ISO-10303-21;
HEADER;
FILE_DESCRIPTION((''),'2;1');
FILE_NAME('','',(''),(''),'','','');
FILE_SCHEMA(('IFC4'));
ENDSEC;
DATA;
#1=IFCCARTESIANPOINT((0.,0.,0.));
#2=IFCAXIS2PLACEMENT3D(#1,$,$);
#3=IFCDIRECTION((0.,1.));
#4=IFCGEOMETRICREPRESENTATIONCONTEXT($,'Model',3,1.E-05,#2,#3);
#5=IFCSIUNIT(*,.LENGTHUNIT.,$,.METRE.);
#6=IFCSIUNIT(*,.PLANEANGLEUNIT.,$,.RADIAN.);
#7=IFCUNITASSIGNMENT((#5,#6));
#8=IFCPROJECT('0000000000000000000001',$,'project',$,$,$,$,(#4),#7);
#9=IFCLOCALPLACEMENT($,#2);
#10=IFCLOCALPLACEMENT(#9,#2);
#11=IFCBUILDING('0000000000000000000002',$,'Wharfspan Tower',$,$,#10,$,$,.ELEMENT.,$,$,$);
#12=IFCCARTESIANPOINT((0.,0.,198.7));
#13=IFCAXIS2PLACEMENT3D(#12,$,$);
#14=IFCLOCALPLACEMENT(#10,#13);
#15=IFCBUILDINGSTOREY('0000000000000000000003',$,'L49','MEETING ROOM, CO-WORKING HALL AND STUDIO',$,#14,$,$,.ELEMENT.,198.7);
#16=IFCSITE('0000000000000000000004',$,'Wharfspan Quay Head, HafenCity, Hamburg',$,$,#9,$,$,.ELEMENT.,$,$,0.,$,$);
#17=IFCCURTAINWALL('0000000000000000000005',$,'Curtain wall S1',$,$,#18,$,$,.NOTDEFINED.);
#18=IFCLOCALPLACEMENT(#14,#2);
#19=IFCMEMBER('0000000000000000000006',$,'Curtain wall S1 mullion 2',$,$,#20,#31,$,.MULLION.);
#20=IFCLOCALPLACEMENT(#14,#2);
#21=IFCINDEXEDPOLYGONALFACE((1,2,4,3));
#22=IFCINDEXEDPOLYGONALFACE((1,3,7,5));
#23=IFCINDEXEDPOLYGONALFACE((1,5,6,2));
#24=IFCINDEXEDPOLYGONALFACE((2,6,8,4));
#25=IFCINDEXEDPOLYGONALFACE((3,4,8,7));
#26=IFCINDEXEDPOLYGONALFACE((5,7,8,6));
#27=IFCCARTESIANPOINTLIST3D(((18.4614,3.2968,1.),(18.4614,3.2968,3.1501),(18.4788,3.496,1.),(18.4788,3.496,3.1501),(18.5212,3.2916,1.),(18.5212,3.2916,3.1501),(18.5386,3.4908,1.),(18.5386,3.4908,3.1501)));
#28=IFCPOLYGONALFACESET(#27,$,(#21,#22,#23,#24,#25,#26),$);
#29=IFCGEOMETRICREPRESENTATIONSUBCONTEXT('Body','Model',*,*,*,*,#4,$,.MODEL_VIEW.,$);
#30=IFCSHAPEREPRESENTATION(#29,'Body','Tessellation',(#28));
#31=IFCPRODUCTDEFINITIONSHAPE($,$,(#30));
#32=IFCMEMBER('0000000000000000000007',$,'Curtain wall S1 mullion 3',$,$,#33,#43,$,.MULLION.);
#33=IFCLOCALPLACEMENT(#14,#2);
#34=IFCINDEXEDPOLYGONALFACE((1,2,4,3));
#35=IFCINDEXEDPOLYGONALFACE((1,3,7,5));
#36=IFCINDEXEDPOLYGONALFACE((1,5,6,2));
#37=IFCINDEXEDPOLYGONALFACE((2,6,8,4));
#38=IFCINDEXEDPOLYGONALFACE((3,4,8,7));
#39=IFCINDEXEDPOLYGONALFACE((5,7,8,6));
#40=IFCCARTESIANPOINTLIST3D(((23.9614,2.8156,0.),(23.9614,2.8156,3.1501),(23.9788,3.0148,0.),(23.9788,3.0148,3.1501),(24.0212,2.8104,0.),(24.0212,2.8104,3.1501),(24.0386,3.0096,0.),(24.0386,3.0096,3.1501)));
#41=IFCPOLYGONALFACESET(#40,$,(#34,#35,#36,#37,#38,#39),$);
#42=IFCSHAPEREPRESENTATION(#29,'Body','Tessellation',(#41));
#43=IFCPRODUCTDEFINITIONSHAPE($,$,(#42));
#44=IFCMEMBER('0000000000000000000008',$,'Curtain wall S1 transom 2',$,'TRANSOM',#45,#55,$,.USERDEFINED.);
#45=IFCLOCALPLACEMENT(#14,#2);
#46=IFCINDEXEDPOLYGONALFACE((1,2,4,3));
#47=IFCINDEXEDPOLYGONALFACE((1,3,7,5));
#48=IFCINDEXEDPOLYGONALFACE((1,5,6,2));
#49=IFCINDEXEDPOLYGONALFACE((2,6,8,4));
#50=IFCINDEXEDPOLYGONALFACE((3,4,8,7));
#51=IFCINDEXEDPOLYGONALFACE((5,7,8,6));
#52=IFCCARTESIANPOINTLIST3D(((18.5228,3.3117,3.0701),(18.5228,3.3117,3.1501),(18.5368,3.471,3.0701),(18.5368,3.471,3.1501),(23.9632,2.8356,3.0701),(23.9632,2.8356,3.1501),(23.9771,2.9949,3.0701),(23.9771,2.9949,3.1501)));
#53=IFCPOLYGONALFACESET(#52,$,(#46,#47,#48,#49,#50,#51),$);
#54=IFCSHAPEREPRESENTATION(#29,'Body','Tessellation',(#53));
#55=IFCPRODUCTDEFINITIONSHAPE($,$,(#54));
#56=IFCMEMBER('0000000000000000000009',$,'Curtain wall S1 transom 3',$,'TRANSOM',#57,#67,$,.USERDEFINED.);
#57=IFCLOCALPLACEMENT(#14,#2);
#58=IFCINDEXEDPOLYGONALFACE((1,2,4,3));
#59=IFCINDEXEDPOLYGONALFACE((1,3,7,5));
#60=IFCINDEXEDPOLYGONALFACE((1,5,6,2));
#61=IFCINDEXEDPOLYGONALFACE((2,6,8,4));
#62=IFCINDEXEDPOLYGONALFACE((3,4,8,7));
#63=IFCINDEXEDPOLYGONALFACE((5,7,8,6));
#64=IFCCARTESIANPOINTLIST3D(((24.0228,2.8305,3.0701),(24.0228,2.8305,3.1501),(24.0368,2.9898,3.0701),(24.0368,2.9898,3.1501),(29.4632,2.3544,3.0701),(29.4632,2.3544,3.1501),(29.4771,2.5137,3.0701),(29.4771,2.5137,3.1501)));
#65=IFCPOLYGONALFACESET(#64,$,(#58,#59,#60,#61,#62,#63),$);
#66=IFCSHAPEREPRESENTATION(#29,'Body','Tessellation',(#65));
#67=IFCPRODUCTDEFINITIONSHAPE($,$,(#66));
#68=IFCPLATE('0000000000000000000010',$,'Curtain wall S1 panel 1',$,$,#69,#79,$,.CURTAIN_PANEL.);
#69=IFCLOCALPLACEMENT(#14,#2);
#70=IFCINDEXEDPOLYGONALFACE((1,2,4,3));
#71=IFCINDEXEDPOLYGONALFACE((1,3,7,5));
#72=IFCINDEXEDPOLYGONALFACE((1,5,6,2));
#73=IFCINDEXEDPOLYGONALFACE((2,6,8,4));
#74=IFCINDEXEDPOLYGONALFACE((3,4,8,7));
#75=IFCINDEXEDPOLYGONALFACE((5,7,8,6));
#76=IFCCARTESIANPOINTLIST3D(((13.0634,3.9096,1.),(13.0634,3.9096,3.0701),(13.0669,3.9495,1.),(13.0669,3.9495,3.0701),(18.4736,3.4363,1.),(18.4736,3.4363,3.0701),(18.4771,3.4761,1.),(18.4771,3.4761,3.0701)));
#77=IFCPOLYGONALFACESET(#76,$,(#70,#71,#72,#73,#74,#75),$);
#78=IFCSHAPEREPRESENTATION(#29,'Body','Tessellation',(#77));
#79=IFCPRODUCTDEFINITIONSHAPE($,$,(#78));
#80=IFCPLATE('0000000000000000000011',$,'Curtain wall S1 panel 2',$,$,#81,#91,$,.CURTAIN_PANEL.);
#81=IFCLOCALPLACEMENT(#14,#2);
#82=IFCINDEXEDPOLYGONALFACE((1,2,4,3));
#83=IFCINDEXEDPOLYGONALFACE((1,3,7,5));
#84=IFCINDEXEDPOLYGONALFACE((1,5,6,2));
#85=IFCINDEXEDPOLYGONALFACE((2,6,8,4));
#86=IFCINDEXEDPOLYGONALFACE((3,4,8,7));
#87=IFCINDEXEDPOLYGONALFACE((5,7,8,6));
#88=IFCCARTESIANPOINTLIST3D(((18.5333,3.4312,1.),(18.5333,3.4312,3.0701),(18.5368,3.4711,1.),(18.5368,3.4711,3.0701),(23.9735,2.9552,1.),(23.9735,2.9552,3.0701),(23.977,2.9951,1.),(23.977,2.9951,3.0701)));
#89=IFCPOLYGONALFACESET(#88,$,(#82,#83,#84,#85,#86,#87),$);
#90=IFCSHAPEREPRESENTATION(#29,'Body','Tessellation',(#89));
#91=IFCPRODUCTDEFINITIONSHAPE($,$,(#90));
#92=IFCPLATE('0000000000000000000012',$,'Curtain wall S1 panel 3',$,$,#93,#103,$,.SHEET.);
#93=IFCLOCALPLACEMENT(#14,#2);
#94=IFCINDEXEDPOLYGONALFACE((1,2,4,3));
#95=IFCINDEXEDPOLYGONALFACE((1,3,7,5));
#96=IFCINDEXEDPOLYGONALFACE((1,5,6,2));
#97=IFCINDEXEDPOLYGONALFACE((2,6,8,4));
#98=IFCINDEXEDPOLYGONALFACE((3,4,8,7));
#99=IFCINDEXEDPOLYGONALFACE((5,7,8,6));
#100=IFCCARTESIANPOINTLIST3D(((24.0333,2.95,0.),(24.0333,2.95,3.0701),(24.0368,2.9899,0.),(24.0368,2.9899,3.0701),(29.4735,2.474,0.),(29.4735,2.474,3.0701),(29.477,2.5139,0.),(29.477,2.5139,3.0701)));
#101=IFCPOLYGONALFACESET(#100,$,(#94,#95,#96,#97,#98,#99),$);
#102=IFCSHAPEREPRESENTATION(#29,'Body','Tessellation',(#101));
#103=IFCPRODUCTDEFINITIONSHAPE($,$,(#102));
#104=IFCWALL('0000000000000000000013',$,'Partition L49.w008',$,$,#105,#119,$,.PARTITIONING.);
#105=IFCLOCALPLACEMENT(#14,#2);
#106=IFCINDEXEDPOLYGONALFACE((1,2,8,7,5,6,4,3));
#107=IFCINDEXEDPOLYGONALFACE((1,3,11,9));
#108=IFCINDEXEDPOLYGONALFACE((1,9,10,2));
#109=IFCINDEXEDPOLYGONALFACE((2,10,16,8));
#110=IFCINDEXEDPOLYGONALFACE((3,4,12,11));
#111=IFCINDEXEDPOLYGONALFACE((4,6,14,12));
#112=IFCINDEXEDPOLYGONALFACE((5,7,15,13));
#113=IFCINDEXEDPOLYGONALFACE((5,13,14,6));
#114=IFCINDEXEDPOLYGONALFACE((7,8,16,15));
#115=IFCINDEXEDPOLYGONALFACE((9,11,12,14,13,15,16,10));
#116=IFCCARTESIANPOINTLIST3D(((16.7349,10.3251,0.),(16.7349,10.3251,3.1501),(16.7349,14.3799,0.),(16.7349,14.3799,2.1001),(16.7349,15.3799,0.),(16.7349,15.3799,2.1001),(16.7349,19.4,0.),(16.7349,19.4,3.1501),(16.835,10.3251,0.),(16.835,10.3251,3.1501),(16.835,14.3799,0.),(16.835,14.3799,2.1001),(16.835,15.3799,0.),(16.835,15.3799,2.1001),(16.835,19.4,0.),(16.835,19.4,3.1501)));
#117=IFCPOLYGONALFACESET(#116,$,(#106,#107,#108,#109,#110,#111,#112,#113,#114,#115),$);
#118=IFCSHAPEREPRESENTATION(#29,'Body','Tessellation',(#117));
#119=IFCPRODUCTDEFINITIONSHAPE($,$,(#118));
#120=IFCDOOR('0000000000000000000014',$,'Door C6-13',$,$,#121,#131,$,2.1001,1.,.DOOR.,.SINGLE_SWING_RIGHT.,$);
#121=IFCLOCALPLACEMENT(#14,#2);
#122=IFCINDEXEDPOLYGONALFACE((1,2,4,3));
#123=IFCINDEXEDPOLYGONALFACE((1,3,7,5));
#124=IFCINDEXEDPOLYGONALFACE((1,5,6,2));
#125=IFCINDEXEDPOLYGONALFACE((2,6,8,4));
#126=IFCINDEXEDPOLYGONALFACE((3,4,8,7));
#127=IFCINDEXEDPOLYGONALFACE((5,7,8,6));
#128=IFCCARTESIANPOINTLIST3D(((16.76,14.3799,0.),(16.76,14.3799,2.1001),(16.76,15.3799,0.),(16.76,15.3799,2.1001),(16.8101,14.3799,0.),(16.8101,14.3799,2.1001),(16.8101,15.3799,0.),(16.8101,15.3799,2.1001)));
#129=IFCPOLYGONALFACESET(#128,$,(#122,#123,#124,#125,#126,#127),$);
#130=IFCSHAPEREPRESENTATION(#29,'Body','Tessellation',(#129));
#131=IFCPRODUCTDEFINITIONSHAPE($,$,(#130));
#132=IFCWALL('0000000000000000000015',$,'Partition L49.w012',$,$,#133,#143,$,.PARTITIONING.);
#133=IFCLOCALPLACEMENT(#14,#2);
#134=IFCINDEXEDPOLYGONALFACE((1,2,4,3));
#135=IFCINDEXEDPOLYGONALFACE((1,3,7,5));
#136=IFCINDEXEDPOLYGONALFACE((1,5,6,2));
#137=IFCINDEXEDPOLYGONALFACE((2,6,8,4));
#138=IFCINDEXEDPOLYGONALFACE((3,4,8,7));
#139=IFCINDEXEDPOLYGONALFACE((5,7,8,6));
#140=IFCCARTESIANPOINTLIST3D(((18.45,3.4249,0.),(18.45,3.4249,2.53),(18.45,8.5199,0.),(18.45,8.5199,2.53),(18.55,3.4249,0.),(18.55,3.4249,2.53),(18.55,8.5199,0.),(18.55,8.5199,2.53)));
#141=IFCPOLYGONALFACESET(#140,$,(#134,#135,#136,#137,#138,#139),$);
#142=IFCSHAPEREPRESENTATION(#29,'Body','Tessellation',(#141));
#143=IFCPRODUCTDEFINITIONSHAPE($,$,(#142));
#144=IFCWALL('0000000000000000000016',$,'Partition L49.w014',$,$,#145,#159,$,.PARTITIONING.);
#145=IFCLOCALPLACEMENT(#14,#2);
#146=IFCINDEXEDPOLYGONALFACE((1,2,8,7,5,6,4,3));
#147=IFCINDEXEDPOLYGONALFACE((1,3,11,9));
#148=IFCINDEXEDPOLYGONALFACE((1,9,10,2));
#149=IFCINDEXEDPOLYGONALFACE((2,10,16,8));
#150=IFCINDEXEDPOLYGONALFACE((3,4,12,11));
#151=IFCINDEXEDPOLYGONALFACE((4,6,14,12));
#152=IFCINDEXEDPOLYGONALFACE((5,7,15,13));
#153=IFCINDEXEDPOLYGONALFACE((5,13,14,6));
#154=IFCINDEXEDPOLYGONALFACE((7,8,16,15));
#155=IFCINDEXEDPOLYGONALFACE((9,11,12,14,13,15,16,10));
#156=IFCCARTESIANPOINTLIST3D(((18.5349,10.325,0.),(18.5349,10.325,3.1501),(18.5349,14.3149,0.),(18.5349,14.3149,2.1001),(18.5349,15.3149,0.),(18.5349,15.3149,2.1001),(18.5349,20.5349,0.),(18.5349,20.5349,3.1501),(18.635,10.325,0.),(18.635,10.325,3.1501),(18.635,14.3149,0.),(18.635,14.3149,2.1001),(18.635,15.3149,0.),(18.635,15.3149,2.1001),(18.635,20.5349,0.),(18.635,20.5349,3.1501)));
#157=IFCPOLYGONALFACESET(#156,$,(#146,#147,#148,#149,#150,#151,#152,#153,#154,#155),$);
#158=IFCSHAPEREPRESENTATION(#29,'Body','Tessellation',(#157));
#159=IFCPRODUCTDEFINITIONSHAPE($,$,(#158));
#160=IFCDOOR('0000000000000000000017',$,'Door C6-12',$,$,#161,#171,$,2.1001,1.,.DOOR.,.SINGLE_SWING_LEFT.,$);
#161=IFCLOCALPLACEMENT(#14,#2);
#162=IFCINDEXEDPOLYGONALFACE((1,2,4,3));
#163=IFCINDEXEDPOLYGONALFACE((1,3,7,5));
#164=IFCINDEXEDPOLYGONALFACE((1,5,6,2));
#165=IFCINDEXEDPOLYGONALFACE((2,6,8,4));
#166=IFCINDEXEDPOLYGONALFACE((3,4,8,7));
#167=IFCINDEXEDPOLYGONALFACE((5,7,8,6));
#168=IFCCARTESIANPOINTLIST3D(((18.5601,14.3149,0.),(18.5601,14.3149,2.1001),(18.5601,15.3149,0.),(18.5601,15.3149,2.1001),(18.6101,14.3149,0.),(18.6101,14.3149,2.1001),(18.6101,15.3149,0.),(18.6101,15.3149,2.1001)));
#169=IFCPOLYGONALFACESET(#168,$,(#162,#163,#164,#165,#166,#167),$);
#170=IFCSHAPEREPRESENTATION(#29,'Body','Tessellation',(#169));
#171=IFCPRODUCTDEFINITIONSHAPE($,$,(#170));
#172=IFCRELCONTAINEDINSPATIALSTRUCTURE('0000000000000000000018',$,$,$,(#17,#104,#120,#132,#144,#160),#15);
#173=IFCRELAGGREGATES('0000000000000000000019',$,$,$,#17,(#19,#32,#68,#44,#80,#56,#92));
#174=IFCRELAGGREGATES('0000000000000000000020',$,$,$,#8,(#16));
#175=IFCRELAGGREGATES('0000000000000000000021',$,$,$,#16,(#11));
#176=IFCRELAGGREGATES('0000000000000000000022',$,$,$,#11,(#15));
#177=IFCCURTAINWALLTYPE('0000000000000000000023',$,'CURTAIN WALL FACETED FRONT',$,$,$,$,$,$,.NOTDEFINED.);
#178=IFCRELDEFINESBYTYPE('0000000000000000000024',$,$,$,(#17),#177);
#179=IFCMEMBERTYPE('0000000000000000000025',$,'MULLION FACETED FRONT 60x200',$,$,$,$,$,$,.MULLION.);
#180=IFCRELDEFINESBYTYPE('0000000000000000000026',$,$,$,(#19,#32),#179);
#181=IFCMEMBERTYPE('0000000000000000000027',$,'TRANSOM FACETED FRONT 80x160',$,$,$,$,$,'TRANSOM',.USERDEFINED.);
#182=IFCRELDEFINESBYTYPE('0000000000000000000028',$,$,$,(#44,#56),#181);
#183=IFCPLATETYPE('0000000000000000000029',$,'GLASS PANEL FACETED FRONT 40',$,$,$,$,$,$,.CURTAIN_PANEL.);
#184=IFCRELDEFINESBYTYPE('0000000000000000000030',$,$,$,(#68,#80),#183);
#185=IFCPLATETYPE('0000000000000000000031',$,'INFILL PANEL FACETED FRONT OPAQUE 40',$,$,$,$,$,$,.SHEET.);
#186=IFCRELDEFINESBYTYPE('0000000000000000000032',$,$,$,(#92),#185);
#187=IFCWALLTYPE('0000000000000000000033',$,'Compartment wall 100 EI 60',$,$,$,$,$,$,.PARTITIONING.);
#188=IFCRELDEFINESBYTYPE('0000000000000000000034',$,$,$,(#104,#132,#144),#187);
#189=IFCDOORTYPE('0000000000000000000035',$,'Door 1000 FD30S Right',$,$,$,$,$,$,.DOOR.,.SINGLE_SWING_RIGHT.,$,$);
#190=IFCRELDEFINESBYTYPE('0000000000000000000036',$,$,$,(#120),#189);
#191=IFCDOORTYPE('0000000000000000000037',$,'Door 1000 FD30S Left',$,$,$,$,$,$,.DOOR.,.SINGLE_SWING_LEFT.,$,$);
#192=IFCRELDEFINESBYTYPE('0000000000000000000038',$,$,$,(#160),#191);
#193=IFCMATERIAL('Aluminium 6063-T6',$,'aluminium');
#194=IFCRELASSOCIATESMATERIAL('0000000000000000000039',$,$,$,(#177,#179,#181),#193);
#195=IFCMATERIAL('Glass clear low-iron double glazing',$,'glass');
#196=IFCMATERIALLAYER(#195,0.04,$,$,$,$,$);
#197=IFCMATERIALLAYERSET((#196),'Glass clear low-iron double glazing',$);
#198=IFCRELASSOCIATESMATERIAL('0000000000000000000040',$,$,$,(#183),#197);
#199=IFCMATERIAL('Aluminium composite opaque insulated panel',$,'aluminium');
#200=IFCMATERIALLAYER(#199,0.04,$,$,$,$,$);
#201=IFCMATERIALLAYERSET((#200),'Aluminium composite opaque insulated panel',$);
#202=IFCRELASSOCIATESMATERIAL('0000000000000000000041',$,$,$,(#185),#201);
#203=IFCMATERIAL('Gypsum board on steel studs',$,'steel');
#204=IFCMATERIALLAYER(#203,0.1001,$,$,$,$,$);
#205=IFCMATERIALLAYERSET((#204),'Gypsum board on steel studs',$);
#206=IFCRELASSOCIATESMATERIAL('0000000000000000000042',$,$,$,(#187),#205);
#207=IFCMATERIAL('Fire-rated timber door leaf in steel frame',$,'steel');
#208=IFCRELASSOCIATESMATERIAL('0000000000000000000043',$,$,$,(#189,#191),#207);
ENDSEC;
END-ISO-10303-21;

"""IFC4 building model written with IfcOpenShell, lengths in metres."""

from ifc_helpers import new_model, si_unit, direction, frame, frame_2d, origin, origin_2d, place, context, subcontext, project, spatial, rectangle, extrude, material, layer, layer_set, material_profile, profile_set, type_object, element, fill, aggregate, save


model = new_model("IFC4")

# Units and contexts
model_context = context("Model", 3, precision=1e-05, world=origin(), true_north=direction((0.0, 1.0)))
body_context = subcontext(model_context, "Body", "Model", "MODEL_VIEW")
ifc_project = project(units=[si_unit("LENGTHUNIT", "METRE"), si_unit("PLANEANGLEUNIT", "RADIAN")], contexts=[model_context])

# Site, building, storey
site_placement = place(None, origin())
site = spatial("IfcSite", under=ifc_project, at=site_placement, Name="Wharfspan Quay Head, HafenCity, Hamburg", CompositionType="ELEMENT", RefElevation=0.0)
building_placement = place(site_placement, origin())
building = spatial("IfcBuilding", under=site, at=building_placement, Name="Wharfspan Tower", CompositionType="ELEMENT")
storey_placement = place(building_placement, frame((0.0, 0.0, 198.7)))
storey = spatial("IfcBuildingStorey", under=building, at=storey_placement, Name="L49", Description="MEETING ROOM, CO-WORKING HALL AND STUDIO", CompositionType="ELEMENT", Elevation=198.7)

# Curtain wall, members, plates
ifc_material_1 = material(Name="Aluminium 6063-T6", Category="aluminium")
curtain_wall_type = type_object("IfcCurtainWallType", Name="CURTAIN WALL FACETED FRONT", PredefinedType="NOTDEFINED", material=ifc_material_1)
curtain_wall_placement = place(storey_placement, origin())
curtain_wall = element("IfcCurtainWall", 1, at=curtain_wall_placement, inside=storey, type_object=curtain_wall_type, Name="Curtain wall S1", PredefinedType="NOTDEFINED")
ifc_material_profile_1 = material_profile(ifc_material_1, rectangle(XDim=0.2, YDim=0.0601, at=origin_2d()))
ifc_profile_set_1 = profile_set([ifc_material_profile_1], Name="Aluminium 6063-T6")
member_type_1 = type_object("IfcMemberType", Name="MULLION FACETED FRONT 60x200", PredefinedType="MULLION", material=ifc_profile_set_1)
member_1_placement = place(storey_placement, frame((18.5, 3.3938, 1.0), z_axis=(0.0, 0.0, 1.0), x_axis=(0.087156, 0.996198, 0.0)))
member_1 = element("IfcMember", 2, at=member_1_placement, type_object=member_type_1, Name="Curtain wall S1 mullion 2", PredefinedType="MULLION", context=body_context, shape_type="SweptSolid", body=[
    extrude(rectangle(XDim=0.2, YDim=0.0601, at=origin_2d()), origin(), (0.0, 0.0, 1.0), 2.1501),
])
member_2_placement = place(storey_placement, frame((24.0, 2.9126, 0.0), z_axis=(0.0, 0.0, 1.0), x_axis=(0.087156, 0.996198, 0.0)))
member_2 = element("IfcMember", 3, at=member_2_placement, type_object=member_type_1, Name="Curtain wall S1 mullion 3", PredefinedType="MULLION", context=body_context, shape_type="SweptSolid", body=[
    extrude(rectangle(XDim=0.2, YDim=0.0601, at=origin_2d()), origin(), (0.0, 0.0, 1.0), 3.1501),
])
ifc_material_profile_2 = material_profile(ifc_material_1, rectangle(XDim=0.1599, YDim=0.0801, at=origin_2d()))
ifc_profile_set_2 = profile_set([ifc_material_profile_2], Name="Aluminium 6063-T6")
member_type_2 = type_object("IfcMemberType", Name="TRANSOM FACETED FRONT 80x160", ElementType="TRANSOM", PredefinedType="USERDEFINED", material=ifc_profile_set_2)
member_3_placement = place(storey_placement, frame((18.5298, 3.3914, 3.1101), z_axis=(0.996193, -0.087174, 0.0), x_axis=(0.087174, 0.996193, 0.0)))
member_3 = element("IfcMember", 4, at=member_3_placement, type_object=member_type_2, Name="Curtain wall S1 transom 2", ObjectType="TRANSOM", PredefinedType="USERDEFINED", context=body_context, shape_type="SweptSolid", body=[
    extrude(rectangle(XDim=0.1599, YDim=0.0801, at=origin_2d()), origin(), (0.0, 0.0, 1.0), 5.4612),
])
member_4_placement = place(storey_placement, frame((24.0298, 2.9102, 3.1101), z_axis=(0.996193, -0.087174, 0.0), x_axis=(0.087174, 0.996193, 0.0)))
member_4 = element("IfcMember", 5, at=member_4_placement, type_object=member_type_2, Name="Curtain wall S1 transom 3", ObjectType="TRANSOM", PredefinedType="USERDEFINED", context=body_context, shape_type="SweptSolid", body=[
    extrude(rectangle(XDim=0.1599, YDim=0.0801, at=origin_2d()), origin(), (0.0, 0.0, 1.0), 5.4612),
])
ifc_material_2 = material(Name="Glass clear low-iron double glazing", Category="glass")
ifc_layer_1 = layer(ifc_material_2, 0.04)
ifc_layer_set_1 = layer_set([ifc_layer_1], Name="Glass clear low-iron double glazing")
plate_type_1 = type_object("IfcPlateType", Name="GLASS PANEL FACETED FRONT 40", PredefinedType="CURTAIN_PANEL", material=ifc_layer_set_1)
plate_1_placement = place(storey_placement, frame((15.7703, 3.6929, 1.0), z_axis=(0.0, 0.0, 1.0), x_axis=(0.996198, -0.087156, 0.0)))
plate_1 = element("IfcPlate", 6, at=plate_1_placement, type_object=plate_type_1, Name="Curtain wall S1 panel 1", PredefinedType="CURTAIN_PANEL", context=body_context, shape_type="SweptSolid", body=[
    extrude(rectangle(XDim=5.4309, YDim=0.04, at=origin_2d()), origin(), (0.0, 0.0, 1.0), 2.0701),
])
plate_2_placement = place(storey_placement, frame((21.2551, 3.2131, 1.0), z_axis=(0.0, 0.0, 1.0), x_axis=(0.996198, -0.087156, 0.0)))
plate_2 = element("IfcPlate", 7, at=plate_2_placement, type_object=plate_type_1, Name="Curtain wall S1 panel 2", PredefinedType="CURTAIN_PANEL", context=body_context, shape_type="SweptSolid", body=[
    extrude(rectangle(XDim=5.4609, YDim=0.04, at=origin_2d()), origin(), (0.0, 0.0, 1.0), 2.0701),
])
ifc_material_3 = material(Name="Aluminium composite opaque insulated panel", Category="aluminium")
ifc_layer_2 = layer(ifc_material_3, 0.04)
ifc_layer_set_2 = layer_set([ifc_layer_2], Name="Aluminium composite opaque insulated panel")
plate_type_2 = type_object("IfcPlateType", Name="INFILL PANEL FACETED FRONT OPAQUE 40", PredefinedType="SHEET", material=ifc_layer_set_2)
plate_3_placement = place(storey_placement, frame((26.7551, 2.7319, 0.0), z_axis=(0.0, 0.0, 1.0), x_axis=(0.996198, -0.087156, 0.0)))
plate_3 = element("IfcPlate", 8, at=plate_3_placement, type_object=plate_type_2, Name="Curtain wall S1 panel 3", PredefinedType="SHEET", context=body_context, shape_type="SweptSolid", body=[
    extrude(rectangle(XDim=5.4609, YDim=0.04, at=origin_2d()), origin(), (0.0, 0.0, 1.0), 3.0701),
])
aggregate(curtain_wall, [member_1, member_2, plate_1, member_3, plate_2, member_4, plate_3])

# Wall, opening, door
ifc_material_4 = material(Name="Gypsum board on steel studs", Category="steel")
ifc_layer_3 = layer(ifc_material_4, 0.1001)
ifc_layer_set_3 = layer_set([ifc_layer_3], Name="Gypsum board on steel studs")
wall_type_1 = type_object("IfcWallType", Name="Compartment wall 100 EI 60", PredefinedType="PARTITIONING", material=ifc_layer_set_3)
wall_1_placement = place(storey_placement, frame((16.7849, 10.325, 0.0), z_axis=(0.0, 0.0, 1.0), x_axis=(0.0, 1.0, 0.0)))
wall_1 = element("IfcWall", 9, at=wall_1_placement, inside=storey, type_object=wall_type_1, Name="Partition L49.w008", PredefinedType="PARTITIONING", context=body_context, shape_type="SweptSolid", body=[
    extrude(rectangle(XDim=9.075, YDim=0.1001, at=frame_2d((4.5376, 0.0))), origin(), (0.0, 0.0, 1.0), 3.1501),
])
opening_1_placement = place(wall_1_placement, frame((4.0549, 0.0, 0.0)))
opening_1 = element("IfcOpeningElement", 10, at=opening_1_placement, cuts=wall_1, PredefinedType="OPENING", context=body_context, shape_type="SweptSolid", body=[
    extrude(rectangle(XDim=1.0, YDim=2.1001, at=frame_2d((0.5, 1.05))), frame((0.0, 0.0601, 0.0), z_axis=(0.0, -1.0, 0.0), x_axis=(1.0, 0.0, 0.0)), (0.0, 0.0, 1.0), 0.1201),
])
ifc_material_5 = material(Name="Fire-rated timber door leaf in steel frame", Category="steel")
door_type_1 = type_object("IfcDoorType", Name="Door 1000 FD30S Right", OperationType="SINGLE_SWING_RIGHT", PredefinedType="DOOR", material=ifc_material_5)
door_1_placement = place(opening_1_placement, origin())
door_1 = element("IfcDoor", 11, at=door_1_placement, inside=storey, type_object=door_type_1, Name="Door C6-13", OperationType="SINGLE_SWING_RIGHT", OverallHeight=2.1001, OverallWidth=1.0, PredefinedType="DOOR", context=body_context, shape_type="SweptSolid", body=[
    extrude(rectangle(XDim=1.0, YDim=2.1001, at=frame_2d((0.5, 1.05))), frame((0.0, 0.0249, 0.0), z_axis=(0.0, -1.0, 0.0), x_axis=(1.0, 0.0, 0.0)), (0.0, 0.0, 1.0), 0.05),
])
fill(opening_1, door_1)

# Wall
wall_2_placement = place(storey_placement, frame((18.5, 3.425, 0.0), z_axis=(0.0, 0.0, 1.0), x_axis=(0.0, 1.0, 0.0)))
element("IfcWall", 12, at=wall_2_placement, inside=storey, type_object=wall_type_1, Name="Partition L49.w012", PredefinedType="PARTITIONING", context=body_context, shape_type="SweptSolid", body=[
    extrude(rectangle(XDim=5.095, YDim=0.1001, at=frame_2d((2.5474, 0.0))), origin(), (0.0, 0.0, 1.0), 2.53),
])

# Wall, opening, door
wall_3_placement = place(storey_placement, frame((18.585, 10.325, 0.0), z_axis=(0.0, 0.0, 1.0), x_axis=(0.0, 1.0, 0.0)))
wall_3 = element("IfcWall", 13, at=wall_3_placement, inside=storey, type_object=wall_type_1, Name="Partition L49.w014", PredefinedType="PARTITIONING", context=body_context, shape_type="SweptSolid", body=[
    extrude(rectangle(XDim=10.21, YDim=0.1001, at=frame_2d((5.105, 0.0))), origin(), (0.0, 0.0, 1.0), 3.1501),
])
opening_2_placement = place(wall_3_placement, frame((3.99, 0.0, 0.0)))
opening_2 = element("IfcOpeningElement", 14, at=opening_2_placement, cuts=wall_3, PredefinedType="OPENING", context=body_context, shape_type="SweptSolid", body=[
    extrude(rectangle(XDim=1.0, YDim=2.1001, at=frame_2d((0.5, 1.05))), frame((0.0, 0.0601, 0.0), z_axis=(0.0, -1.0, 0.0), x_axis=(1.0, 0.0, 0.0)), (0.0, 0.0, 1.0), 0.1201),
])
door_type_2 = type_object("IfcDoorType", Name="Door 1000 FD30S Left", OperationType="SINGLE_SWING_LEFT", PredefinedType="DOOR", material=ifc_material_5)
door_2_placement = place(opening_2_placement, origin())
door_2 = element("IfcDoor", 15, at=door_2_placement, inside=storey, type_object=door_type_2, Name="Door C6-12", OperationType="SINGLE_SWING_LEFT", OverallHeight=2.1001, OverallWidth=1.0, PredefinedType="DOOR", context=body_context, shape_type="SweptSolid", body=[
    extrude(rectangle(XDim=1.0, YDim=2.1001, at=frame_2d((0.5, 1.05))), frame((0.0, 0.0249, 0.0), z_axis=(0.0, -1.0, 0.0), x_axis=(1.0, 0.0, 0.0)), (0.0, 0.0, 1.0), 0.05),
])
fill(opening_2, door_2)

save(model, "model.ifc")
